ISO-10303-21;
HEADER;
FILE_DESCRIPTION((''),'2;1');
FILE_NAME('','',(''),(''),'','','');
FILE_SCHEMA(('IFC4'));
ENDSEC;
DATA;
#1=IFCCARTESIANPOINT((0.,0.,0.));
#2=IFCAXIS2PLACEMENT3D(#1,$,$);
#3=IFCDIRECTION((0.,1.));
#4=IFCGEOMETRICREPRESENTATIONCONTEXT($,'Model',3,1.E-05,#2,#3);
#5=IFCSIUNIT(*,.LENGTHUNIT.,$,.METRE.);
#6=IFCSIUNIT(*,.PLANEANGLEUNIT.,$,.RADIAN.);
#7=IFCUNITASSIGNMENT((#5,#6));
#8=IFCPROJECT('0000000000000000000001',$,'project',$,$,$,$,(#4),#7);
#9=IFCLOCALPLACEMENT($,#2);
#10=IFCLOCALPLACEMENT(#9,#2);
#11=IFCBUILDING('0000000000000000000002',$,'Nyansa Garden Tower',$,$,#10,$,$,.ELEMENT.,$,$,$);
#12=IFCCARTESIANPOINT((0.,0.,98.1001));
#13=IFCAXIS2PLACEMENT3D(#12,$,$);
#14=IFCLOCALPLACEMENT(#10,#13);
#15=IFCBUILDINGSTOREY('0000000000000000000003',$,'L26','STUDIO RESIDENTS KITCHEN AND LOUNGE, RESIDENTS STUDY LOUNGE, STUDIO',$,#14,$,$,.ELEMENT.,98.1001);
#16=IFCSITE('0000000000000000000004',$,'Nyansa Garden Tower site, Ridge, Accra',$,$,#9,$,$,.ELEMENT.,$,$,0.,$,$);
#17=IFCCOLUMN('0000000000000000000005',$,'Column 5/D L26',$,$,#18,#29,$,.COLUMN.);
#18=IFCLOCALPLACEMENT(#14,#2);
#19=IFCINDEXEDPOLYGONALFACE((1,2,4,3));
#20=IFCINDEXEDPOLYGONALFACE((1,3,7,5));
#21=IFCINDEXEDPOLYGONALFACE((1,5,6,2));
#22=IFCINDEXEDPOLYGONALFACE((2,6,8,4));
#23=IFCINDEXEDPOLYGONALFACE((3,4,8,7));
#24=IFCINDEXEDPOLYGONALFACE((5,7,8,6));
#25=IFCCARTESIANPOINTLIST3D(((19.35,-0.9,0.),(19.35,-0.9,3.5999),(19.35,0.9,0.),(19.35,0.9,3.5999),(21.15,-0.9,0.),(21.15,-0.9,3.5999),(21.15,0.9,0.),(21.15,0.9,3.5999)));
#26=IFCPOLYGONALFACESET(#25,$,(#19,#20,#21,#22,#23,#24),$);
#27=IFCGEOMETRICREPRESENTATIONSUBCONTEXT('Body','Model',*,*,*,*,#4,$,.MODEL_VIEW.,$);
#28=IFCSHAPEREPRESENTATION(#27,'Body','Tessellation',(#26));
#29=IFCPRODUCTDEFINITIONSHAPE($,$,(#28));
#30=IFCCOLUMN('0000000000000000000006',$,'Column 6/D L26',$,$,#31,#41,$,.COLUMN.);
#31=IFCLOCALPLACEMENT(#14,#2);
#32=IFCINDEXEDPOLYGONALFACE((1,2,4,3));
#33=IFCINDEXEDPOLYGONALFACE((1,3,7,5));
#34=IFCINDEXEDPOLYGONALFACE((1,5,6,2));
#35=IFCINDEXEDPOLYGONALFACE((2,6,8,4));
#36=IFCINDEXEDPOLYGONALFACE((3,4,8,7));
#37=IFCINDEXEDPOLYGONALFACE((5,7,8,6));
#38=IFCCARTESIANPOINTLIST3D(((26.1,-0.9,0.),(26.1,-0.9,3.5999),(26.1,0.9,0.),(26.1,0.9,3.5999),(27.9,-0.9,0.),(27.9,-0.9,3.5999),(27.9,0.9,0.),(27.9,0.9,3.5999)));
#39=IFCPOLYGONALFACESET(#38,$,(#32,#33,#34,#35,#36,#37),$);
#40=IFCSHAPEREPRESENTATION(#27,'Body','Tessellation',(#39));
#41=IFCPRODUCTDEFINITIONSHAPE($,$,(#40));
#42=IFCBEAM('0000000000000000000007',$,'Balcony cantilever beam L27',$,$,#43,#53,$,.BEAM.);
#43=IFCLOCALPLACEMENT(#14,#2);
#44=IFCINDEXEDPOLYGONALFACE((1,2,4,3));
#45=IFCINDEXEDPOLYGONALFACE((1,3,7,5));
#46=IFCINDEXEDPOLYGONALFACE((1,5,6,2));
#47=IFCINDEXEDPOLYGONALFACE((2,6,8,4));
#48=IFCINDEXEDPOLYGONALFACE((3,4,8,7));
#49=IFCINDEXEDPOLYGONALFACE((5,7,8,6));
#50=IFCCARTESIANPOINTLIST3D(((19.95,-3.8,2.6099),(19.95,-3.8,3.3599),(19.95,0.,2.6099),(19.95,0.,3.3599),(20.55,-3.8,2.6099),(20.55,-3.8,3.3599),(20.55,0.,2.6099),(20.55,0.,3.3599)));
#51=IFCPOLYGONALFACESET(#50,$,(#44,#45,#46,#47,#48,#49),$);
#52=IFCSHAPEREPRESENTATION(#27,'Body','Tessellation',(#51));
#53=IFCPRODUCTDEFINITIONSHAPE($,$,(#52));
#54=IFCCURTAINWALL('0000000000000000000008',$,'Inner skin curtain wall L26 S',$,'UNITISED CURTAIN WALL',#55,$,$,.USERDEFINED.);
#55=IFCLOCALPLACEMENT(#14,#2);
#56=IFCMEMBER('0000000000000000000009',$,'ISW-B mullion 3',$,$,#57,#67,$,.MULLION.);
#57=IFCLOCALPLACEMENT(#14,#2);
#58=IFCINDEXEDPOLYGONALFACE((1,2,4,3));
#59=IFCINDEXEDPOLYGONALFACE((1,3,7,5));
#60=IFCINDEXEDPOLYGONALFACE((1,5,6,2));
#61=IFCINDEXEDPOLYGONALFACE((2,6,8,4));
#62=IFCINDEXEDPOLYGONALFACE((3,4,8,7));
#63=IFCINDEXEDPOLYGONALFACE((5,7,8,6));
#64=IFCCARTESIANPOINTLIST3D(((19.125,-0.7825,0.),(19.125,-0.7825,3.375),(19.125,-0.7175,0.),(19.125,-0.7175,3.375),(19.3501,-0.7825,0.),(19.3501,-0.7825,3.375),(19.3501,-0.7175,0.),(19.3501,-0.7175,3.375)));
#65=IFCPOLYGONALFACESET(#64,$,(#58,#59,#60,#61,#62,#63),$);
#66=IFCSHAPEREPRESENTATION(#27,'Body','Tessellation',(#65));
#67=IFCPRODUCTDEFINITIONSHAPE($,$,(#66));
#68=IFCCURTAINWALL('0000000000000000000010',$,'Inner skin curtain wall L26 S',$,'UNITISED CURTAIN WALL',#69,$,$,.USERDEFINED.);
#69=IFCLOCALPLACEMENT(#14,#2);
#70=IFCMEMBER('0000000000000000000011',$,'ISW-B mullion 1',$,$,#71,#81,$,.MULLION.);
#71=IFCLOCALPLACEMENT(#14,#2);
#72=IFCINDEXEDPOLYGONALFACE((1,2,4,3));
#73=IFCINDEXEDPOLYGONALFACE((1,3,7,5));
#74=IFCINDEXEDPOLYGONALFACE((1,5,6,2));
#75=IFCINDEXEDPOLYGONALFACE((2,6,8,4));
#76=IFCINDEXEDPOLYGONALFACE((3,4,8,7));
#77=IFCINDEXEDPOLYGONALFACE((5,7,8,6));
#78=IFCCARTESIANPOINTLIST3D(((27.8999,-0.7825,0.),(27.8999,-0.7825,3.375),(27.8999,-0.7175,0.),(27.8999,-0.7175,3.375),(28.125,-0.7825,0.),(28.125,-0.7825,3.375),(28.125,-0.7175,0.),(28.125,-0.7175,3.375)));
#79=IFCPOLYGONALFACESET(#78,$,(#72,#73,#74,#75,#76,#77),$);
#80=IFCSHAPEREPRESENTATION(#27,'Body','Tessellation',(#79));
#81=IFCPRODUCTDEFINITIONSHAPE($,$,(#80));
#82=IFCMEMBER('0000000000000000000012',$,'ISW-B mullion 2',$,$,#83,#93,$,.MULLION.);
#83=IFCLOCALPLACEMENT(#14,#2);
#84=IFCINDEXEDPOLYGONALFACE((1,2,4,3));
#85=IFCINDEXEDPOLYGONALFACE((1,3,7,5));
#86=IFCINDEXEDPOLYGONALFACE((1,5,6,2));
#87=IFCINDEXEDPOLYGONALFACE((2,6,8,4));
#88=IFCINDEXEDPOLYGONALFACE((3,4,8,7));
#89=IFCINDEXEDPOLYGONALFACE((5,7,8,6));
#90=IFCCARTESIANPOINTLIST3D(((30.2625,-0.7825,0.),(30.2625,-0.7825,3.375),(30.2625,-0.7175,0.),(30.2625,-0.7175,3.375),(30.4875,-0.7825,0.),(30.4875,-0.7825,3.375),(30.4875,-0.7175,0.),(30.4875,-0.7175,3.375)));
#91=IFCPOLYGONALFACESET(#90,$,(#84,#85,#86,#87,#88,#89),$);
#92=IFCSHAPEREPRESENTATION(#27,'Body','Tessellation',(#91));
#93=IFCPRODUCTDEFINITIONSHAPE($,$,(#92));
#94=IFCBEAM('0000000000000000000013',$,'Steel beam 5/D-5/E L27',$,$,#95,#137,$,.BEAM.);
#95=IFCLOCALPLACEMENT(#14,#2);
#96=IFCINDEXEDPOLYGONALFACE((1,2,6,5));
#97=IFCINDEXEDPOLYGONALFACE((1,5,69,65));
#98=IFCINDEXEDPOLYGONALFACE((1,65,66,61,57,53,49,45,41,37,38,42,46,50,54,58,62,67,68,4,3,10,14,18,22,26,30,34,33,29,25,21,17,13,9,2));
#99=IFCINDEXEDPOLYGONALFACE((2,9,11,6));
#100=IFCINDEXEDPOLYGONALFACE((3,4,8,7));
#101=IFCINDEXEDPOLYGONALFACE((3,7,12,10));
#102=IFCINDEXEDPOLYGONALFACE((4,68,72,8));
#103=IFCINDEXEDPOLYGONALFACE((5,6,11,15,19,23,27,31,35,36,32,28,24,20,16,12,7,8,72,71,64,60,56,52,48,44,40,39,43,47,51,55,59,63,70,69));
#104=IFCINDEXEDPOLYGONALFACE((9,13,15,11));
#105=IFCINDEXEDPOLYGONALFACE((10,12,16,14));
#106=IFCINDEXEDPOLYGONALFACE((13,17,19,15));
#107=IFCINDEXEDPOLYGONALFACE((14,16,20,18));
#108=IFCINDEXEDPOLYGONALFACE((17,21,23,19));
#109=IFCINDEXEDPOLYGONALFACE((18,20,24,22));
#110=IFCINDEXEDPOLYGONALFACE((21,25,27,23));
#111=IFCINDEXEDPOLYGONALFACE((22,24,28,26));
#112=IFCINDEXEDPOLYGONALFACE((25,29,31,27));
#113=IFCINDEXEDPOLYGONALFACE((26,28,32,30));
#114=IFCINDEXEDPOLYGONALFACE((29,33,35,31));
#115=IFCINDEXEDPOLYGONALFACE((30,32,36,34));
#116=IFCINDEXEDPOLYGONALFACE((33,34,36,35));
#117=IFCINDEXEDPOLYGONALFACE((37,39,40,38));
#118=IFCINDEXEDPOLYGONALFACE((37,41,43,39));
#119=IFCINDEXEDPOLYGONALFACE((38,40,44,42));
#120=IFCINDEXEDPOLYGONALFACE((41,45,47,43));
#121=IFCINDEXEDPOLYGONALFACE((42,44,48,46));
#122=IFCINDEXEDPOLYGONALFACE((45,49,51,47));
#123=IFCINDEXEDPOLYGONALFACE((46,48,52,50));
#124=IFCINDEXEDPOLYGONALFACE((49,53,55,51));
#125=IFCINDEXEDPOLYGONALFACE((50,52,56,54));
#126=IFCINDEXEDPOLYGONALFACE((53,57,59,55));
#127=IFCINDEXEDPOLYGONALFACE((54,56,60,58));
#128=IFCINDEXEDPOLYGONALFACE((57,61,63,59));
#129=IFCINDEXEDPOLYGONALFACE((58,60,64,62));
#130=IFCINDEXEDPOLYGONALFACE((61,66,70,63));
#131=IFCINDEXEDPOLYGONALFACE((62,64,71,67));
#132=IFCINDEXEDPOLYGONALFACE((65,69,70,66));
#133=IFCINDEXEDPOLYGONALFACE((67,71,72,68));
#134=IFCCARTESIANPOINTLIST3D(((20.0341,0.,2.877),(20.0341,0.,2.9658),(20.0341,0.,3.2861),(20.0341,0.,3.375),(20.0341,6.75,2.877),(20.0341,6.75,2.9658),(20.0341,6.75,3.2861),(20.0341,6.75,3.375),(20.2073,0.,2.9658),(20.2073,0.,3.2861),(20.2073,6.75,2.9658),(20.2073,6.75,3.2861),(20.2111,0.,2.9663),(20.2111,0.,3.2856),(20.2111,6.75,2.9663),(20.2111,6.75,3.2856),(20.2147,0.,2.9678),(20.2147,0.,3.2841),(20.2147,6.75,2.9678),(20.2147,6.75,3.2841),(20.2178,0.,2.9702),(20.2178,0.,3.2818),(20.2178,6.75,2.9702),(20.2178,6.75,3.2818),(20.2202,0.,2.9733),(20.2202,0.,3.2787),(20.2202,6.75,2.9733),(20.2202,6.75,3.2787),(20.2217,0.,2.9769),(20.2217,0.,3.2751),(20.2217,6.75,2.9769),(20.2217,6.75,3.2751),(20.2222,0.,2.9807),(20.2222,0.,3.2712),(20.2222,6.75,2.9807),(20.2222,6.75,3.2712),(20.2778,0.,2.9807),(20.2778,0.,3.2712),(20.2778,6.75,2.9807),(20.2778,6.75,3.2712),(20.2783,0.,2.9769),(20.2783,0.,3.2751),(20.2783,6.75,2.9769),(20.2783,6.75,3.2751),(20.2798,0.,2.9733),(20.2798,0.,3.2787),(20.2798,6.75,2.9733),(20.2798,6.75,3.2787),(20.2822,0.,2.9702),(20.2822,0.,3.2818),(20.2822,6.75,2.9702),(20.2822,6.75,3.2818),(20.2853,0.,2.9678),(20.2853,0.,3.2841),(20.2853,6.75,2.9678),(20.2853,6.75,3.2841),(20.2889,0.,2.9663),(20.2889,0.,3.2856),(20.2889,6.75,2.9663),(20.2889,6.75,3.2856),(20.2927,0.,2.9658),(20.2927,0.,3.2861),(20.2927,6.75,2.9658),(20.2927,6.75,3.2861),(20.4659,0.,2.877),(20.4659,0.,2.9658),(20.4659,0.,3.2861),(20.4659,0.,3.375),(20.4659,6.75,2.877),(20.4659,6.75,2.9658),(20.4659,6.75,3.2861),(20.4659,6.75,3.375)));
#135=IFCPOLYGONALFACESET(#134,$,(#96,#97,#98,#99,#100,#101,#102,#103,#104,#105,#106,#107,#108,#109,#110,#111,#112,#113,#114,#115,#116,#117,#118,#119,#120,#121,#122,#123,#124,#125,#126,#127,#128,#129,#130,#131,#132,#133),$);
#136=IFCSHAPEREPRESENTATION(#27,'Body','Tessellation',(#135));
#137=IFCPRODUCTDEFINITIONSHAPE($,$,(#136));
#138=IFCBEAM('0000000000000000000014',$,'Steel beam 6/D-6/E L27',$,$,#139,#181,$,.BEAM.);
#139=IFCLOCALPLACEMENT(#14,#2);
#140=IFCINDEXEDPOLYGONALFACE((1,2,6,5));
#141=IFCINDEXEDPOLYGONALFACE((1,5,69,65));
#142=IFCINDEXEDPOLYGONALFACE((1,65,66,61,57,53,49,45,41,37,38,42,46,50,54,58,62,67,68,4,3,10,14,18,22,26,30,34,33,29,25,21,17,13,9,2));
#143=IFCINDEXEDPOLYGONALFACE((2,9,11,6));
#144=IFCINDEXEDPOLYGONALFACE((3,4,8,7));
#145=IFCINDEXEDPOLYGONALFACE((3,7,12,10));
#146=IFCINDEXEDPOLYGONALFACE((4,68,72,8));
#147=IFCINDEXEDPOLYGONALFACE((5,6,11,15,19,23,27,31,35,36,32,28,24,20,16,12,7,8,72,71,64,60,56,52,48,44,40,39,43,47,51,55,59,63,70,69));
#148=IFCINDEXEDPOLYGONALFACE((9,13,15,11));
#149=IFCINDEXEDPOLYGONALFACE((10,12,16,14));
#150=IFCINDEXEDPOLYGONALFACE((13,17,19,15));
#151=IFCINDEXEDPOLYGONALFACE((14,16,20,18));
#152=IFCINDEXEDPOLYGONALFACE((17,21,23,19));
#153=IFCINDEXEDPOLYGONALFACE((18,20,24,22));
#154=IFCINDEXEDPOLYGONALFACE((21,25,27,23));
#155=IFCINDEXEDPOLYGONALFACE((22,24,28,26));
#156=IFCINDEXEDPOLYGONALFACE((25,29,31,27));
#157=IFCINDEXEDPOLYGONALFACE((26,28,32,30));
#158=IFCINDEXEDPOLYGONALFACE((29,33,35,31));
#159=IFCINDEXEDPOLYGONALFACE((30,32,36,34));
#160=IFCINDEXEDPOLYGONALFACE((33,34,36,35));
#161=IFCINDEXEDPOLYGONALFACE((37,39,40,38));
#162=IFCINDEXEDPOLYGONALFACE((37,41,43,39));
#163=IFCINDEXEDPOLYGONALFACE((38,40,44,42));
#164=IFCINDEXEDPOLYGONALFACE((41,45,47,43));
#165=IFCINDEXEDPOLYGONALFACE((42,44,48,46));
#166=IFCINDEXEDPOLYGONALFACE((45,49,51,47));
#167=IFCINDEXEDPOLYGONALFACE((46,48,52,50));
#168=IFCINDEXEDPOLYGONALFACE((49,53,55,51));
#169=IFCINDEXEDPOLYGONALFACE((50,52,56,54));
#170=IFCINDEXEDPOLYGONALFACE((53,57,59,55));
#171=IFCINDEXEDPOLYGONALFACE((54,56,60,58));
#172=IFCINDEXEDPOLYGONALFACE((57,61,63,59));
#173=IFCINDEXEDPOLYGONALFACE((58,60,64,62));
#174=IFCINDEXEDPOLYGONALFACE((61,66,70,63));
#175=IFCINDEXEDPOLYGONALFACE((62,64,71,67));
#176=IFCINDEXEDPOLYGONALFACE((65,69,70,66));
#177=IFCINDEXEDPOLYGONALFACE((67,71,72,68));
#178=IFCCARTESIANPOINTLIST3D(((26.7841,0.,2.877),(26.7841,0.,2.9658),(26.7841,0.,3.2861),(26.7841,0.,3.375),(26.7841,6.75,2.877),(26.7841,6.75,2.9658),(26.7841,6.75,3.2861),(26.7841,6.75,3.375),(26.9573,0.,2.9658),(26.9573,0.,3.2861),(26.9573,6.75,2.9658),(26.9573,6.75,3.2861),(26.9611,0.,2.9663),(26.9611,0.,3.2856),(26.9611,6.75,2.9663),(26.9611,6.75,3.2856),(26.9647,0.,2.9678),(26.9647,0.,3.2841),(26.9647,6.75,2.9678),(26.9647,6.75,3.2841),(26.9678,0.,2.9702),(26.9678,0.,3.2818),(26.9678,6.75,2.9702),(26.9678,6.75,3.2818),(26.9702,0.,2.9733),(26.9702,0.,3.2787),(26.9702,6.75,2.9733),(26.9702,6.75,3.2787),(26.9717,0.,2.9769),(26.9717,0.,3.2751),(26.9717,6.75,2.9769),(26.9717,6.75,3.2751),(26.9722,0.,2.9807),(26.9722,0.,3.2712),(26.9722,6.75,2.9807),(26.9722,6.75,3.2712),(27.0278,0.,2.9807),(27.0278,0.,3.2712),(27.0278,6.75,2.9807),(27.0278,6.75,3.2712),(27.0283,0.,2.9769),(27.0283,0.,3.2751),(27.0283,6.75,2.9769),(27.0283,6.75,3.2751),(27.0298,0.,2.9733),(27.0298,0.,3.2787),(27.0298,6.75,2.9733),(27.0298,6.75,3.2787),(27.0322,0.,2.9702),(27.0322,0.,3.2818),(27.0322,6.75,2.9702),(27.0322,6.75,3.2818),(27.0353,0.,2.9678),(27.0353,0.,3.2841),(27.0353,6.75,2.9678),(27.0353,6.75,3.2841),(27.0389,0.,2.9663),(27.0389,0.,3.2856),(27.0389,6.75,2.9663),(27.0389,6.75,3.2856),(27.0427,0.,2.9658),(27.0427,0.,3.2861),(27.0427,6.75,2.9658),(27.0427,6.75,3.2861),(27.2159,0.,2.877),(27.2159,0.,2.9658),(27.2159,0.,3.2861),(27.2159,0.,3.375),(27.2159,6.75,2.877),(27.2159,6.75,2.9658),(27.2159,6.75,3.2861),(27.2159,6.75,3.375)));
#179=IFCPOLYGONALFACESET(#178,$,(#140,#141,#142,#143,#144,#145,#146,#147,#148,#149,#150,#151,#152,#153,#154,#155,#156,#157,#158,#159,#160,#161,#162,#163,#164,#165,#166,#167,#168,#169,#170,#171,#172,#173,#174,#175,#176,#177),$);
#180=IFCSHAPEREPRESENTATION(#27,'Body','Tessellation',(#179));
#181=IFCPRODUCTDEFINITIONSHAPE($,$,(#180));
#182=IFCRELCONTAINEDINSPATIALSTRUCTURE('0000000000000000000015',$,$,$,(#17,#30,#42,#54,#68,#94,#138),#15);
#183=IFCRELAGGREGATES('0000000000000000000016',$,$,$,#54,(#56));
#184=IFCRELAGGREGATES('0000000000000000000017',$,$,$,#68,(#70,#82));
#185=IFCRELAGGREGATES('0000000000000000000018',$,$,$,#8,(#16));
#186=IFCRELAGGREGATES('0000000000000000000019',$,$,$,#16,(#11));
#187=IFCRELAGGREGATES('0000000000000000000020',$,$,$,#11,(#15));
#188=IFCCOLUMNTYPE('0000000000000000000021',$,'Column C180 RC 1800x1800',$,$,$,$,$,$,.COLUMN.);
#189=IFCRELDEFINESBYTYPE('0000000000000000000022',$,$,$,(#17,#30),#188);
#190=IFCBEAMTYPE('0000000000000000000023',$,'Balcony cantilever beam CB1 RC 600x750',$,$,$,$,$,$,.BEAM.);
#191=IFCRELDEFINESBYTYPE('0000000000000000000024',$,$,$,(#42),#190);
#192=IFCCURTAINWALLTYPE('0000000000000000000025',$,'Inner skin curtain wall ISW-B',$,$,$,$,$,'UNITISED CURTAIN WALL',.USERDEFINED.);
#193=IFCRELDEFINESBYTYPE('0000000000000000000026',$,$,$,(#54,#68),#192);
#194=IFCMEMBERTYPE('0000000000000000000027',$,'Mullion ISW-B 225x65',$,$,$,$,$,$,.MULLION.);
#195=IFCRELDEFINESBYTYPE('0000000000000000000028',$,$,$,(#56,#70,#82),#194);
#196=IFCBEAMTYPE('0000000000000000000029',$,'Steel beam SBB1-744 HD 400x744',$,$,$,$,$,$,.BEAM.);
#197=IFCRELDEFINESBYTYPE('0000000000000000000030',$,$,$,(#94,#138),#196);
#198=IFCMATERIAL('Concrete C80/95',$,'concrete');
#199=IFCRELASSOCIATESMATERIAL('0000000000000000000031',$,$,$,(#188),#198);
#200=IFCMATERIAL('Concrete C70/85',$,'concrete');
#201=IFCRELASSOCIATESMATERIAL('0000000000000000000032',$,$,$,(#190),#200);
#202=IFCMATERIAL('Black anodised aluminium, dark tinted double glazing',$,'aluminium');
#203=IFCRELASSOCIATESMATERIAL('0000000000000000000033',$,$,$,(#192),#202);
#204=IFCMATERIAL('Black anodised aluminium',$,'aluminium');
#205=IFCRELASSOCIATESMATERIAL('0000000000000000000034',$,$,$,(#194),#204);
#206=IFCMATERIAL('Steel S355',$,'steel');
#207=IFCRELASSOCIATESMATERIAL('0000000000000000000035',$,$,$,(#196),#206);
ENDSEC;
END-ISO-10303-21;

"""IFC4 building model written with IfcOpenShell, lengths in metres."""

from ifc_helpers import new_model, si_unit, direction, frame, origin, origin_2d, place, context, subcontext, project, spatial, rectangle, i_section, extrude, material, material_profile, profile_set, type_object, element, aggregate, save


model = new_model("IFC4")

# Units and contexts
model_context = context("Model", 3, precision=1e-05, world=origin(), true_north=direction((0.0, 1.0)))
body_context = subcontext(model_context, "Body", "Model", "MODEL_VIEW")
ifc_project = project(units=[si_unit("LENGTHUNIT", "METRE"), si_unit("PLANEANGLEUNIT", "RADIAN")], contexts=[model_context])

# Site, building, storey
site_placement = place(None, origin())
site = spatial("IfcSite", under=ifc_project, at=site_placement, Name="Nyansa Garden Tower site, Ridge, Accra", CompositionType="ELEMENT", RefElevation=0.0)
building_placement = place(site_placement, origin())
building = spatial("IfcBuilding", under=site, at=building_placement, Name="Nyansa Garden Tower", CompositionType="ELEMENT")
storey_placement = place(building_placement, frame((0.0, 0.0, 98.1001)))
storey = spatial("IfcBuildingStorey", under=building, at=storey_placement, Name="L26", Description="STUDIO RESIDENTS KITCHEN AND LOUNGE, RESIDENTS STUDY LOUNGE, STUDIO", CompositionType="ELEMENT", Elevation=98.1001)

# Columns
ifc_material_1 = material(Name="Concrete C80/95", Category="concrete")
ifc_material_profile_1 = material_profile(ifc_material_1, rectangle(XDim=1.8, YDim=1.8, at=origin_2d()), Name="RC 1800x1800")
ifc_profile_set_1 = profile_set([ifc_material_profile_1], Name="Concrete C80/95")
column_type = type_object("IfcColumnType", Name="Column C180 RC 1800x1800", PredefinedType="COLUMN", material=ifc_profile_set_1)
for number, where, z_axis, x_axis, name in (
    (1, (20.25, 0.0, 0.0), (0.0, 0.0, 1.0), (1.0, 0.0, 0.0), "Column 5/D L26"),
    (2, (27.0, 0.0, 0.0), (0.0, 0.0, 1.0), (1.0, 0.0, 0.0), "Column 6/D L26"),
):
    element("IfcColumn", number, at=place(storey_placement, frame(where, z_axis=z_axis, x_axis=x_axis)), inside=storey, type_object=column_type, Name=name, PredefinedType="COLUMN", context=body_context, shape_type="SweptSolid", body=[
        extrude(rectangle(XDim=1.8, YDim=1.8, at=origin_2d()), origin(), (0.0, 0.0, 1.0), 3.5999),
    ])

# Beam
ifc_material_2 = material(Name="Concrete C70/85", Category="concrete")
ifc_material_profile_2 = material_profile(ifc_material_2, rectangle(XDim=0.6001, YDim=0.75, at=origin_2d()), Name="RC 600x750")
ifc_profile_set_2 = profile_set([ifc_material_profile_2], Name="Concrete C70/85")
beam_type_1 = type_object("IfcBeamType", Name="Balcony cantilever beam CB1 RC 600x750", PredefinedType="BEAM", material=ifc_profile_set_2)
beam_placement = place(storey_placement, frame((20.25, 0.0, 2.9849), z_axis=(0.0, -1.0, 0.0), x_axis=(1.0, 0.0, 0.0)))
element("IfcBeam", 3, at=beam_placement, inside=storey, type_object=beam_type_1, Name="Balcony cantilever beam L27", PredefinedType="BEAM", context=body_context, shape_type="SweptSolid", body=[
    extrude(rectangle(XDim=0.6001, YDim=0.75, at=origin_2d()), origin(), (0.0, 0.0, 1.0), 3.8),
])

# Curtain wall, member
ifc_material_3 = material(Name="Black anodised aluminium, dark tinted double glazing", Category="aluminium")
curtain_wall_type = type_object("IfcCurtainWallType", Name="Inner skin curtain wall ISW-B", ElementType="UNITISED CURTAIN WALL", PredefinedType="USERDEFINED", material=ifc_material_3)
curtain_wall_1_placement = place(storey_placement, origin())
curtain_wall_1 = element("IfcCurtainWall", 4, at=curtain_wall_1_placement, inside=storey, type_object=curtain_wall_type, Name="Inner skin curtain wall L26 S", ObjectType="UNITISED CURTAIN WALL", PredefinedType="USERDEFINED")
ifc_material_4 = material(Name="Black anodised aluminium", Category="aluminium")
ifc_material_profile_3 = material_profile(ifc_material_4, rectangle(XDim=0.0649, YDim=0.2251, at=origin_2d()), Name="Mullion 225x65")
ifc_profile_set_3 = profile_set([ifc_material_profile_3], Name="Black anodised aluminium")
member_type_1 = type_object("IfcMemberType", Name="Mullion ISW-B 225x65", PredefinedType="MULLION", material=ifc_profile_set_3)
member_1_placement = place(storey_placement, frame((19.2375, -0.75, 0.0), z_axis=(0.0, 0.0, 1.0), x_axis=(0.0, 1.0, 0.0)))
member_1 = element("IfcMember", 5, at=member_1_placement, type_object=member_type_1, Name="ISW-B mullion 3", PredefinedType="MULLION", context=body_context, shape_type="SweptSolid", body=[
    extrude(rectangle(XDim=0.0649, YDim=0.2251, at=origin_2d()), origin(), (0.0, 0.0, 1.0), 3.375),
])
aggregate(curtain_wall_1, [member_1])

# Curtain wall, members
curtain_wall_2_placement = place(storey_placement, origin())
curtain_wall_2 = element("IfcCurtainWall", 6, at=curtain_wall_2_placement, inside=storey, type_object=curtain_wall_type, Name="Inner skin curtain wall L26 S", ObjectType="UNITISED CURTAIN WALL", PredefinedType="USERDEFINED")
member_2_placement = place(storey_placement, frame((28.0125, -0.75, 0.0), z_axis=(0.0, 0.0, 1.0), x_axis=(0.0, 1.0, 0.0)))
member_2 = element("IfcMember", 7, at=member_2_placement, type_object=member_type_1, Name="ISW-B mullion 1", PredefinedType="MULLION", context=body_context, shape_type="SweptSolid", body=[
    extrude(rectangle(XDim=0.0649, YDim=0.2251, at=origin_2d()), origin(), (0.0, 0.0, 1.0), 3.375),
])
member_3_placement = place(storey_placement, frame((30.375, -0.75, 0.0), z_axis=(0.0, 0.0, 1.0), x_axis=(0.0, 1.0, 0.0)))
member_3 = element("IfcMember", 8, at=member_3_placement, type_object=member_type_1, Name="ISW-B mullion 2", PredefinedType="MULLION", context=body_context, shape_type="SweptSolid", body=[
    extrude(rectangle(XDim=0.0649, YDim=0.2251, at=origin_2d()), origin(), (0.0, 0.0, 1.0), 3.375),
])

# Beams
ifc_material_5 = material(Name="Steel S355", Category="steel")
ifc_material_profile_4 = material_profile(ifc_material_5, i_section(OverallWidth=0.4319, OverallDepth=0.498, WebThickness=0.0557, FlangeThickness=0.0889, FilletRadius=0.0149, at=origin_2d()), Name="HD 400x744")
ifc_profile_set_4 = profile_set([ifc_material_profile_4], Name="Steel S355")
beam_type_2 = type_object("IfcBeamType", Name="Steel beam SBB1-744 HD 400x744", PredefinedType="BEAM", material=ifc_profile_set_4)
for number, where, z_axis, x_axis, name in (
    (9, (20.25, 0.0, 3.126), (0.0, 1.0, 0.0), (-1.0, 0.0, 0.0), "Steel beam 5/D-5/E L27"),
    (10, (27.0, 0.0, 3.126), (0.0, 1.0, 0.0), (-1.0, 0.0, 0.0), "Steel beam 6/D-6/E L27"),
):
    element("IfcBeam", number, at=place(storey_placement, frame(where, z_axis=z_axis, x_axis=x_axis)), inside=storey, type_object=beam_type_2, Name=name, PredefinedType="BEAM", context=body_context, shape_type="SweptSolid", body=[
        extrude(i_section(OverallWidth=0.4319, OverallDepth=0.498, WebThickness=0.0557, FlangeThickness=0.0889, FilletRadius=0.0149, at=origin_2d()), origin(), (0.0, 0.0, 1.0), 6.75),
    ])

aggregate(curtain_wall_2, [member_2, member_3])

save(model, "model.ifc")
